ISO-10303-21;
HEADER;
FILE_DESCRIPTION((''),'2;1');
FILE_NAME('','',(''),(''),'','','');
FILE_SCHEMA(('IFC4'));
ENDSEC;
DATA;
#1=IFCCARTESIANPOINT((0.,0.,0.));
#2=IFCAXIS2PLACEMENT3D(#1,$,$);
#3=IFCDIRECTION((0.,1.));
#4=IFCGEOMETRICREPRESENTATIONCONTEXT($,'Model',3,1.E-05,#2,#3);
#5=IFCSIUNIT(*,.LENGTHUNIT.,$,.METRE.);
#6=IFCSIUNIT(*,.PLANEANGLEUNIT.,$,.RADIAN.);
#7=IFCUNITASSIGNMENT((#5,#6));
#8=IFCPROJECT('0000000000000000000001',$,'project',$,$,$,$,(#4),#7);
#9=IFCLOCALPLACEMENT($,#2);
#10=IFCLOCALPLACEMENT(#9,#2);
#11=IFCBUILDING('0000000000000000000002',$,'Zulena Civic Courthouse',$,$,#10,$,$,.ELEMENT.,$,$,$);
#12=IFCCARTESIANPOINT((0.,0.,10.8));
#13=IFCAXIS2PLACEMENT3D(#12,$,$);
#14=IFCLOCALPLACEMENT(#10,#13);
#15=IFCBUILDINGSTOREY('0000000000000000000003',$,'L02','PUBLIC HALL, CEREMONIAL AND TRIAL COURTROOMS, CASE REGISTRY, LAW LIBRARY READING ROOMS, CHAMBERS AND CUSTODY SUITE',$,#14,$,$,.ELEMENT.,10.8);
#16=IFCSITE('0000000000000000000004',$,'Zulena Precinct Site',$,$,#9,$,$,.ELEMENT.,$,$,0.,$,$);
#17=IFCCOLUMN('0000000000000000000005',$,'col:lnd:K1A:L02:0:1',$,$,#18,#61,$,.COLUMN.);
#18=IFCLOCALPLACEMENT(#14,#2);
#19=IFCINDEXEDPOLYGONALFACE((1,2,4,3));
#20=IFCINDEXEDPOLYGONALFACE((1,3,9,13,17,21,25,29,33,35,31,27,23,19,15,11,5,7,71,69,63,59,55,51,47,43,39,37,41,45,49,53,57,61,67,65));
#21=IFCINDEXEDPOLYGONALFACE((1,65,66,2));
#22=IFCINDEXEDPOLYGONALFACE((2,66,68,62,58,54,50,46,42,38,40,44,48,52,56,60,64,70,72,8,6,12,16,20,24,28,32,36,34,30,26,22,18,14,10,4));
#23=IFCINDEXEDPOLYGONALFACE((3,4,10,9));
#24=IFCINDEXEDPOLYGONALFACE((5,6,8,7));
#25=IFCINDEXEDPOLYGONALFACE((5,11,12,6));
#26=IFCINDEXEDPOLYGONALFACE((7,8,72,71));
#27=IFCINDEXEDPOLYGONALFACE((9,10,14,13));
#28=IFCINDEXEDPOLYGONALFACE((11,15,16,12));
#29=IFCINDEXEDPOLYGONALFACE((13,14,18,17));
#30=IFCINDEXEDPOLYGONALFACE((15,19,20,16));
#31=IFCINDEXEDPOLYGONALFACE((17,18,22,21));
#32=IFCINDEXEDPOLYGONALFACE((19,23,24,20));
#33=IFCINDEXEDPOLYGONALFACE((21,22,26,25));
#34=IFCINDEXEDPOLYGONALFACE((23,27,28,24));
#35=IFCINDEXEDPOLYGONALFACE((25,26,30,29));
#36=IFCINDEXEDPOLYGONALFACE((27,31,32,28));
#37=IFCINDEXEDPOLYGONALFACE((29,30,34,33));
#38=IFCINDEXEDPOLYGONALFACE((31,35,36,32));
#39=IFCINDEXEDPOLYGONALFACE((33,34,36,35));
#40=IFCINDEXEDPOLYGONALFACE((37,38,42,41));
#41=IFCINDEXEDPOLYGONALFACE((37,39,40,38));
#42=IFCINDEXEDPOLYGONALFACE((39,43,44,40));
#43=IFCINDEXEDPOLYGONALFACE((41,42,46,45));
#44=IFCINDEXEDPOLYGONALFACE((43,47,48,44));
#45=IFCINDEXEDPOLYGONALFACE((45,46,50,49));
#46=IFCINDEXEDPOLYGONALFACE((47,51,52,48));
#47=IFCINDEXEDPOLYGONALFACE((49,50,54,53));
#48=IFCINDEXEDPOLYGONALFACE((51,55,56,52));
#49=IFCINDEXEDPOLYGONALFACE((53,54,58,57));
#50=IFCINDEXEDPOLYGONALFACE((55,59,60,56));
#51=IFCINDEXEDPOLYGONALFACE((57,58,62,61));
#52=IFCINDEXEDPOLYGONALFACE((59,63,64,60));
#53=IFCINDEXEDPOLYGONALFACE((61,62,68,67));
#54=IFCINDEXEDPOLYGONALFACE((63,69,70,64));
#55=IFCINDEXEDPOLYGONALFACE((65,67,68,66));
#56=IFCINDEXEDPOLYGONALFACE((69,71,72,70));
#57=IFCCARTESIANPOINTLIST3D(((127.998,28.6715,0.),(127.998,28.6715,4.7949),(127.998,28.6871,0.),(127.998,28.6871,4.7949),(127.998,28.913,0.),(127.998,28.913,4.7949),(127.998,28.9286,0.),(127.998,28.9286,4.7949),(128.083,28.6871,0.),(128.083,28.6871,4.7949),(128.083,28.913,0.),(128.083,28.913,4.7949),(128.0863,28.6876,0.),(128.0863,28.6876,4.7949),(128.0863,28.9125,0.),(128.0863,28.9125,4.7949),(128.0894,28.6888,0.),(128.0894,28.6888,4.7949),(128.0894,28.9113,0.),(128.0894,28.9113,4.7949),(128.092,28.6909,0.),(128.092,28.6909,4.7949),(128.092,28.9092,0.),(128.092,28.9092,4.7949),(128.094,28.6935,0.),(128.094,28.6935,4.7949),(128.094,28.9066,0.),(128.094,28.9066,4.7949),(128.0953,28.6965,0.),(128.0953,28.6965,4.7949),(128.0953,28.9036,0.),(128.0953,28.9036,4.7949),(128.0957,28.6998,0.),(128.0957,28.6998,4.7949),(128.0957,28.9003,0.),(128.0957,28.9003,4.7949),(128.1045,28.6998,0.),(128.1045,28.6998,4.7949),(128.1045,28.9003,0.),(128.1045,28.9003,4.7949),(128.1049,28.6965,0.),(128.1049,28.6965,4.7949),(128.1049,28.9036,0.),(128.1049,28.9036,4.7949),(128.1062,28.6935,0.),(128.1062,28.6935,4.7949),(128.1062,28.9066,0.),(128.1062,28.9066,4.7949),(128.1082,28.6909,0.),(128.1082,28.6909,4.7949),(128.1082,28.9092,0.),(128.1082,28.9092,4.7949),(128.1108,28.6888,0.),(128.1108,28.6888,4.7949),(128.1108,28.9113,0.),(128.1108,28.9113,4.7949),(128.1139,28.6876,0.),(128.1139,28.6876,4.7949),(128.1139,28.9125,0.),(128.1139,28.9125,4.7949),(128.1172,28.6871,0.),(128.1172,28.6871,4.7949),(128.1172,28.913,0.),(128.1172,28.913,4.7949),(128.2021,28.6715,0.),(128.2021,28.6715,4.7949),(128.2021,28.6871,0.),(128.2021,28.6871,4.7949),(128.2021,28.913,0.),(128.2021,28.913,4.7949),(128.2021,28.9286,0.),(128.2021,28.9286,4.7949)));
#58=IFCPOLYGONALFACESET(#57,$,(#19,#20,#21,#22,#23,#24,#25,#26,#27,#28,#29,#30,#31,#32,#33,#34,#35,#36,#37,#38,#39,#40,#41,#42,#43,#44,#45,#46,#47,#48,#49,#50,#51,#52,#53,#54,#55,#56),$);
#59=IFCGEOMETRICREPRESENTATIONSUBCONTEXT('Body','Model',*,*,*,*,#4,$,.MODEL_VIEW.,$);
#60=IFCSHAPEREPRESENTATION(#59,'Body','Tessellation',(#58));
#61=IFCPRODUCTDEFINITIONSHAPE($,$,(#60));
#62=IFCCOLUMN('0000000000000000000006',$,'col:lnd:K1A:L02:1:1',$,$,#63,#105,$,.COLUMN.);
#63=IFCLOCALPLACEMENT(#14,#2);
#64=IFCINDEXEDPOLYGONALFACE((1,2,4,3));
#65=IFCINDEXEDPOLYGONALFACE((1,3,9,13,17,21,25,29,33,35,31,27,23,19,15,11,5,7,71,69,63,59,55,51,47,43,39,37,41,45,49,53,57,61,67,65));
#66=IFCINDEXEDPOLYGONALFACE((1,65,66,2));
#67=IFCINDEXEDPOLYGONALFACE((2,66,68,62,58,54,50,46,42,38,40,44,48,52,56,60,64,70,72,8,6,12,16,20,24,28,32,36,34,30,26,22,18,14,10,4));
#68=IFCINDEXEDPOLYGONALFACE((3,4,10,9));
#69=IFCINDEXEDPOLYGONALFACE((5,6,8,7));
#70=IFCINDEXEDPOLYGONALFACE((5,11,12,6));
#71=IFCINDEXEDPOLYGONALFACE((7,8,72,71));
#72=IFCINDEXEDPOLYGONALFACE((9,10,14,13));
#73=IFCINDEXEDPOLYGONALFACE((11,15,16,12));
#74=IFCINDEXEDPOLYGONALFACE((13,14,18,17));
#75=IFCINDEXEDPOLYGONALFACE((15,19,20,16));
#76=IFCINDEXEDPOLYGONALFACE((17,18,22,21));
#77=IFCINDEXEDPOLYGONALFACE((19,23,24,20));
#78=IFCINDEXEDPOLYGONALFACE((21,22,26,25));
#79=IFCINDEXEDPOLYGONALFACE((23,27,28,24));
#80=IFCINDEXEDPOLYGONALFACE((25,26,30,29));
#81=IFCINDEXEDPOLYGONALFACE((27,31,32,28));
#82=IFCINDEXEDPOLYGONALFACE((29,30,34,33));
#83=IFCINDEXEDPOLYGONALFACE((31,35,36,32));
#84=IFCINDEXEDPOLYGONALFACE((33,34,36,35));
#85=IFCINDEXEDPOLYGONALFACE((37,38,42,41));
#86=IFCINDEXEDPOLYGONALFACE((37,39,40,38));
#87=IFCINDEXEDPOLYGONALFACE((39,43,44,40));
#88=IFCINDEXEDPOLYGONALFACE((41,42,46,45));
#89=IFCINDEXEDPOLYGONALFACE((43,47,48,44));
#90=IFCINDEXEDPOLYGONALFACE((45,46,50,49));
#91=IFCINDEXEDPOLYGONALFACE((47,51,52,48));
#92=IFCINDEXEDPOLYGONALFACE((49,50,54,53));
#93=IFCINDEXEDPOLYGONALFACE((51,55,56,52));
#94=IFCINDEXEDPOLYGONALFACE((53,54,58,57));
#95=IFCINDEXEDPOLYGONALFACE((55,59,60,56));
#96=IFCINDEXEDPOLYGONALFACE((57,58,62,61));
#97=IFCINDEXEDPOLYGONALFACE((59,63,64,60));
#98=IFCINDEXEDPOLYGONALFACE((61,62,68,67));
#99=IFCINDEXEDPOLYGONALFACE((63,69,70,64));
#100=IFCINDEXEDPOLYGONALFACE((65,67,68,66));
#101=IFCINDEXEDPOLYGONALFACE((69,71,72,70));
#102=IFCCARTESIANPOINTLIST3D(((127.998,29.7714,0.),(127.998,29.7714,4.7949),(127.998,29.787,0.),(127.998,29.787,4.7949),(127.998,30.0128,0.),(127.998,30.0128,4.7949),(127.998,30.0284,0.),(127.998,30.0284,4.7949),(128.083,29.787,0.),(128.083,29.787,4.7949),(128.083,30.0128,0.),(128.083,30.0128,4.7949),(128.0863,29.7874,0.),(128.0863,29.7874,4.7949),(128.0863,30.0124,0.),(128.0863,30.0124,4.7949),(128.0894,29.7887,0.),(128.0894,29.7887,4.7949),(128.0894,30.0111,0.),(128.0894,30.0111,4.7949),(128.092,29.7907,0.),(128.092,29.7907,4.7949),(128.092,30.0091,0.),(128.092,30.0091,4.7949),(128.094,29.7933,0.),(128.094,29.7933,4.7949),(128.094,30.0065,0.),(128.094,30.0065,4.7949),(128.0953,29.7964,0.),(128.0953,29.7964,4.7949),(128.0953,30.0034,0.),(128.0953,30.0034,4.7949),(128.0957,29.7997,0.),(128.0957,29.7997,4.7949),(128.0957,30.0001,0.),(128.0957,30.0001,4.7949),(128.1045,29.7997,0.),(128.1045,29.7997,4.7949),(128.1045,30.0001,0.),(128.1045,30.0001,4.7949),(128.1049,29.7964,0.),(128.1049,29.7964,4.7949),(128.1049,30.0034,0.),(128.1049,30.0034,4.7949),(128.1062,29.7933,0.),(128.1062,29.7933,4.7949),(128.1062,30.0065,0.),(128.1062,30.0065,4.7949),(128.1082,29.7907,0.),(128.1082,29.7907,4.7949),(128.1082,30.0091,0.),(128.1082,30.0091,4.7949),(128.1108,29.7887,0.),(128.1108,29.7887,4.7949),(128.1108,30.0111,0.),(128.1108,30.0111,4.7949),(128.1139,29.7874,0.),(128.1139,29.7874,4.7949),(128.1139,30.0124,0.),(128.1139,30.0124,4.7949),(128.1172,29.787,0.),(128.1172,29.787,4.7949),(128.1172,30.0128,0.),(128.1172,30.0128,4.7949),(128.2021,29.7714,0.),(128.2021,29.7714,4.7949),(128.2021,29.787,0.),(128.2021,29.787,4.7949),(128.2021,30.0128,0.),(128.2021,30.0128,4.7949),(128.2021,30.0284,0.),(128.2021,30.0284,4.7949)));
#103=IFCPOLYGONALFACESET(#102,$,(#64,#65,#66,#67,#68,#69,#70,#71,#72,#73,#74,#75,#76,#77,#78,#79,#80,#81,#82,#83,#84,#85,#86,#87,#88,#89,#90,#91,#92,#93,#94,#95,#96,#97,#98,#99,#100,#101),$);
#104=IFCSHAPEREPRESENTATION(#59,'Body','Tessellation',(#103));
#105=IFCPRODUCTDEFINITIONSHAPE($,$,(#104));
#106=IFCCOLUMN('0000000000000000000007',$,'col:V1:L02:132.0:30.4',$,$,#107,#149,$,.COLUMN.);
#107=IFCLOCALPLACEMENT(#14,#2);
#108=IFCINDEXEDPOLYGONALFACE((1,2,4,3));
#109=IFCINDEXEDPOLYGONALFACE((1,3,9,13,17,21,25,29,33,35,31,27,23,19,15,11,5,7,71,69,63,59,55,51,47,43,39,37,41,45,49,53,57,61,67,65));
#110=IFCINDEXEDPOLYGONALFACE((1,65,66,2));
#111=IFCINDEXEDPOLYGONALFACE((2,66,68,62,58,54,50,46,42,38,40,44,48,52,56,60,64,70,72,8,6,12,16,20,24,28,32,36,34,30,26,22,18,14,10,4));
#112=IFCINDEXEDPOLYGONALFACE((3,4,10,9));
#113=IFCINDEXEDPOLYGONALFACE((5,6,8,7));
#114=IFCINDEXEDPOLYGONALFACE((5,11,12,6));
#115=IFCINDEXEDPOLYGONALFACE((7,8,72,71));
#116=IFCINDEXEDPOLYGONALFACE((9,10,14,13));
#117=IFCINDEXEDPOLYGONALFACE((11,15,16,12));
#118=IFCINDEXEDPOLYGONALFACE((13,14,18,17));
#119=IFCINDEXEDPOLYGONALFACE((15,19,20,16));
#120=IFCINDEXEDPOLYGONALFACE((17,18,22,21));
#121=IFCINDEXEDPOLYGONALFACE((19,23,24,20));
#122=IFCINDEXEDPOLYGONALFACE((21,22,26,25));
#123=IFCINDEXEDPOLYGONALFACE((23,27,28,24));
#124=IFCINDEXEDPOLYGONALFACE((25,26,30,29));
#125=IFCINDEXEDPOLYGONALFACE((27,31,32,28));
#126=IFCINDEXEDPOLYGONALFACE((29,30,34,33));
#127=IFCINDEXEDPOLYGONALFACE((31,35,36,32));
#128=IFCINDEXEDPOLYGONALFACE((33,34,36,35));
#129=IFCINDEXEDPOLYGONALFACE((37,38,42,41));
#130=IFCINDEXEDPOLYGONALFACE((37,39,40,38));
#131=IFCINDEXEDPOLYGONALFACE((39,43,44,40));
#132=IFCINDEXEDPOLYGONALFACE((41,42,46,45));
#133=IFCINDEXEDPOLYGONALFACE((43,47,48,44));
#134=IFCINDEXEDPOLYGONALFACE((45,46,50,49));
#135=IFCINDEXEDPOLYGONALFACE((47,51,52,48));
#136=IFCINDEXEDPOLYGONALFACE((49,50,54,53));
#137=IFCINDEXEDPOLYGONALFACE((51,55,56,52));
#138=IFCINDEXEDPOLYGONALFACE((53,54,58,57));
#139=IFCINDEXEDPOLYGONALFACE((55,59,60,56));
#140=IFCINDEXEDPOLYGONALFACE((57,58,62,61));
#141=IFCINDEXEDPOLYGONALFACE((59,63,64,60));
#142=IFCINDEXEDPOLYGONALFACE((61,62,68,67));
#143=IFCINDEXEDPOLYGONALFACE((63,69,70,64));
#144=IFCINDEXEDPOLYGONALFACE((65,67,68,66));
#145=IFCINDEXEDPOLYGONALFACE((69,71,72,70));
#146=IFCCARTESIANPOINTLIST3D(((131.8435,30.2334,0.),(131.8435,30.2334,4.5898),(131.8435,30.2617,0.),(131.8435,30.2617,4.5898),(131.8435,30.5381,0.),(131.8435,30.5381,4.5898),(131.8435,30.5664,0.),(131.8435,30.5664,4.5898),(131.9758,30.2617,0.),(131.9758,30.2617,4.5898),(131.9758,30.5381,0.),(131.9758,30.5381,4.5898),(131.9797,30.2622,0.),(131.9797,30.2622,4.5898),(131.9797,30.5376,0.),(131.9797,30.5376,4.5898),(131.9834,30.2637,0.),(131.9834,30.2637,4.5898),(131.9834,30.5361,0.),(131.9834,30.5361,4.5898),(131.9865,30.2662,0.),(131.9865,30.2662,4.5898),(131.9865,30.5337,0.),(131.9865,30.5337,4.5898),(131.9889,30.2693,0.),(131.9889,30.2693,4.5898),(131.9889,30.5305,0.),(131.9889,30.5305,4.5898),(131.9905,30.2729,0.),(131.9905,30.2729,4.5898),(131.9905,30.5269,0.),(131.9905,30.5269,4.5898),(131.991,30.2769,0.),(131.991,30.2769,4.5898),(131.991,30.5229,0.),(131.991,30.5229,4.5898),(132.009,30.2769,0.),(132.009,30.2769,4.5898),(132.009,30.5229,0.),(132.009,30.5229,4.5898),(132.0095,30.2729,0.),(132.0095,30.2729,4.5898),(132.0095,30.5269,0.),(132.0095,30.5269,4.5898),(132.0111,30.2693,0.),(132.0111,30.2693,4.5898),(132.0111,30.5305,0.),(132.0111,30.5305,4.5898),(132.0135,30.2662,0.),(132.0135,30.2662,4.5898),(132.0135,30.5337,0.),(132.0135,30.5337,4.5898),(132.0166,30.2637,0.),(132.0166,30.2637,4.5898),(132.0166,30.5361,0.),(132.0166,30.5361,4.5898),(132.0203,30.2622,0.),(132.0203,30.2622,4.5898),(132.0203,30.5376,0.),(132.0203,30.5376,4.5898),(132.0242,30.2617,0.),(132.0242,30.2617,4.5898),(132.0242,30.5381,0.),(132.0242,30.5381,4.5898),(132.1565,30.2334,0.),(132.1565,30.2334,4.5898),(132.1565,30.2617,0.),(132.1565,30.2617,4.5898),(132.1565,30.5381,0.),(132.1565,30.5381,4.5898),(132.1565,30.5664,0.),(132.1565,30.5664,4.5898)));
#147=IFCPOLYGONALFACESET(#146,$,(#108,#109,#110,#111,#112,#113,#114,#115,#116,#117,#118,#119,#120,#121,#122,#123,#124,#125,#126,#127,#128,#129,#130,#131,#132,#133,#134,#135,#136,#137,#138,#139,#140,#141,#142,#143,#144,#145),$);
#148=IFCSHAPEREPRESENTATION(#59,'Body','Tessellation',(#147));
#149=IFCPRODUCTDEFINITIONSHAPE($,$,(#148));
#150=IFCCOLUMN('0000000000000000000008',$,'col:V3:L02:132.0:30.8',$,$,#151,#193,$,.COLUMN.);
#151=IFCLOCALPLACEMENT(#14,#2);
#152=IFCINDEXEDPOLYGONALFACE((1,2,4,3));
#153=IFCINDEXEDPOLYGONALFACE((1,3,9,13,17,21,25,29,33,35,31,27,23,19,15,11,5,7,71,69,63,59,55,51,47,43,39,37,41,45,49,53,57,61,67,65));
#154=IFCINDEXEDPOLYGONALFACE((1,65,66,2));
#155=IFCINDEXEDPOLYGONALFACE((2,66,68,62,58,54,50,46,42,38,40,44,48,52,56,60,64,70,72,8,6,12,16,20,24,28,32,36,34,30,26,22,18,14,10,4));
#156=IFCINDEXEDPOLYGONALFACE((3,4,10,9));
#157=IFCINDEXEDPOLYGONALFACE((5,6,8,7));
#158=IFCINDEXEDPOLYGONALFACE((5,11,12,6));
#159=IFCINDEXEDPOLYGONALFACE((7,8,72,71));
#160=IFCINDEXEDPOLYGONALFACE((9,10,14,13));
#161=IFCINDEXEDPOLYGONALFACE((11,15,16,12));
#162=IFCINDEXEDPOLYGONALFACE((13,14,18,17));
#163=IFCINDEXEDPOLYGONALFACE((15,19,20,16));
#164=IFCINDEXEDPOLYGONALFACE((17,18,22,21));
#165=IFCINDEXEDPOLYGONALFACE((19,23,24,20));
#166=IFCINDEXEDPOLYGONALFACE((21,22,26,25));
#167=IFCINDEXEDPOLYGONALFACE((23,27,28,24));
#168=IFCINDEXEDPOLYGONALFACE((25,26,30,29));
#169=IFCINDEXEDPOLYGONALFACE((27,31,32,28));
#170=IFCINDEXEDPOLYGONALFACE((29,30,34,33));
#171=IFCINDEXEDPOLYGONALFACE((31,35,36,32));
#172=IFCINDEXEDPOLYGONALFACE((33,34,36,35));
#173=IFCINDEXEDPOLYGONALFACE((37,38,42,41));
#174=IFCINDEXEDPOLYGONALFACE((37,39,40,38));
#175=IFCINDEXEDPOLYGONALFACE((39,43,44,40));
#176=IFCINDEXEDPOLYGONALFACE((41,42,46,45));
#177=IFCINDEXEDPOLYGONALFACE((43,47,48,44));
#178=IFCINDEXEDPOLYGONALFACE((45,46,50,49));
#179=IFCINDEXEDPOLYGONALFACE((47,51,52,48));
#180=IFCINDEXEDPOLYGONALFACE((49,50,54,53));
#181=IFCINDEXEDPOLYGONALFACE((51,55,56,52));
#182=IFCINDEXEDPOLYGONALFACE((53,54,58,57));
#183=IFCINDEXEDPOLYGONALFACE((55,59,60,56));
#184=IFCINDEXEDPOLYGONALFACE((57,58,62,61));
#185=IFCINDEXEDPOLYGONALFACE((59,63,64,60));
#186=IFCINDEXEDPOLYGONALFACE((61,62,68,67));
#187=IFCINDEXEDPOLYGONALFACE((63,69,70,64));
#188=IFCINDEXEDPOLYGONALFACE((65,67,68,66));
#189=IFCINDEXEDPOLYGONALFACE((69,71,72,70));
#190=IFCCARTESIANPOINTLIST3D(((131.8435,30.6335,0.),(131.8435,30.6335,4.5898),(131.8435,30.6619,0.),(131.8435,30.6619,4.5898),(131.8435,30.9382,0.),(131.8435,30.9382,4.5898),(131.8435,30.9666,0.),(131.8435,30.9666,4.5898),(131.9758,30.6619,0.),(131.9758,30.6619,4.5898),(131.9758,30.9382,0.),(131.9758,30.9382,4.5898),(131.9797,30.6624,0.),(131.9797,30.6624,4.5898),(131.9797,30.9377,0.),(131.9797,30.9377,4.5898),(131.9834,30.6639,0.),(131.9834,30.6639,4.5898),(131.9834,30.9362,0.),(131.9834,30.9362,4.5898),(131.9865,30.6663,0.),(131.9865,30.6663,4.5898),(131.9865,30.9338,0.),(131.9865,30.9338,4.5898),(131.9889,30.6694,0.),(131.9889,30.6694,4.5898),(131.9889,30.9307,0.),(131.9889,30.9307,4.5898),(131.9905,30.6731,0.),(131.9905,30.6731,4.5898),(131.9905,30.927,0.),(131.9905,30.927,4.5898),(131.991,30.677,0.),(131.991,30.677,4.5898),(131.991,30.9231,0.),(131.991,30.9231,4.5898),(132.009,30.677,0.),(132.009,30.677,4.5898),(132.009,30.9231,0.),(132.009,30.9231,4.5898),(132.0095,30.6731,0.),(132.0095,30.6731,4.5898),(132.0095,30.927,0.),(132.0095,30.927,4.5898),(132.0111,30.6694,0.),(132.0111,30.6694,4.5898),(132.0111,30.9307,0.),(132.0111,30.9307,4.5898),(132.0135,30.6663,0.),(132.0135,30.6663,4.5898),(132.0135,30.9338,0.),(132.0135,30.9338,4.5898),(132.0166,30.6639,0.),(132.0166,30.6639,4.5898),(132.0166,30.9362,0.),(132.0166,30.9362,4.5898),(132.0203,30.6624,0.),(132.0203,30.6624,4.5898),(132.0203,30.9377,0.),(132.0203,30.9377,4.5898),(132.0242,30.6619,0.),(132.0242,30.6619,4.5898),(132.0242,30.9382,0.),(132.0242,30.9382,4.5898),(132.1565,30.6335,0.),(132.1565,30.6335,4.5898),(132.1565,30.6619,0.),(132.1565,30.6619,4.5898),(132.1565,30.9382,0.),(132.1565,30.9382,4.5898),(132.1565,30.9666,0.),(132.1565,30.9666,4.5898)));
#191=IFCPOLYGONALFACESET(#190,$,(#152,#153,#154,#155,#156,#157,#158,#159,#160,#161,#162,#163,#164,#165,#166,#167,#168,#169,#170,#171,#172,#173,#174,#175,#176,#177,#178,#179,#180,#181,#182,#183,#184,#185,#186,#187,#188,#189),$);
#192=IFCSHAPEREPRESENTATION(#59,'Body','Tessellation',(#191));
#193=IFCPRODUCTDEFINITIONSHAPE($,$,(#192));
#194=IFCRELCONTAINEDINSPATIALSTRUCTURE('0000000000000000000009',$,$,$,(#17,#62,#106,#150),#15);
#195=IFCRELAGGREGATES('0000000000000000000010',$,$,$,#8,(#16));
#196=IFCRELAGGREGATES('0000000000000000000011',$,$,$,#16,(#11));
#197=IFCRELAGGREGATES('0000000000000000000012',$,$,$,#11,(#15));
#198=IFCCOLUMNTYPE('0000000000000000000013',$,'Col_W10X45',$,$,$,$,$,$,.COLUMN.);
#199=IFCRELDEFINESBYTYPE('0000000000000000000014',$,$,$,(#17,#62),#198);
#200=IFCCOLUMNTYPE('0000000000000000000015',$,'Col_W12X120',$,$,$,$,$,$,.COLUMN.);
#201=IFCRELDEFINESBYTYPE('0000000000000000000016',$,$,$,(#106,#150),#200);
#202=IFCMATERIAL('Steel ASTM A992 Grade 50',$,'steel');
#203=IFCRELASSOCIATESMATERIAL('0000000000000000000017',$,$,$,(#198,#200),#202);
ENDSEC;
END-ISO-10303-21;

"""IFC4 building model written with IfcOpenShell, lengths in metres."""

from ifc_helpers import new_model, si_unit, direction, frame, origin, origin_2d, place, context, subcontext, project, spatial, i_section, extrude, material, material_profile, profile_set, type_object, element, save


model = new_model("IFC4")

# Units and contexts
model_context = context("Model", 3, precision=1e-05, world=origin(), true_north=direction((0.0, 1.0)))
body_context = subcontext(model_context, "Body", "Model", "MODEL_VIEW")
ifc_project = project(units=[si_unit("LENGTHUNIT", "METRE"), si_unit("PLANEANGLEUNIT", "RADIAN")], contexts=[model_context])

# Site, building, storey
site_placement = place(None, origin())
site = spatial("IfcSite", under=ifc_project, at=site_placement, Name="Zulena Precinct Site", CompositionType="ELEMENT", RefElevation=0.0)
building_placement = place(site_placement, origin())
building = spatial("IfcBuilding", under=site, at=building_placement, Name="Zulena Civic Courthouse", CompositionType="ELEMENT")
storey_placement = place(building_placement, frame((0.0, 0.0, 10.8)))
storey = spatial("IfcBuildingStorey", under=building, at=storey_placement, Name="L02", Description="PUBLIC HALL, CEREMONIAL AND TRIAL COURTROOMS, CASE REGISTRY, LAW LIBRARY READING ROOMS, CHAMBERS AND CUSTODY SUITE", CompositionType="ELEMENT", Elevation=10.8)

# Columns
ifc_material_1 = material(Name="Steel ASTM A992 Grade 50", Category="steel")
ifc_material_profile_1 = material_profile(ifc_material_1, i_section(OverallWidth=0.2041, OverallDepth=0.2571, WebThickness=0.0088, FlangeThickness=0.0156, FilletRadius=0.0127, at=origin_2d()), Name="W10X45")
ifc_profile_set_1 = profile_set([ifc_material_profile_1], Name="Steel ASTM A992 Grade 50")
column_type_1 = type_object("IfcColumnType", Name="Col_W10X45", PredefinedType="COLUMN", material=ifc_profile_set_1)
for number, where, z_axis, x_axis, name in (
    (1, (128.1001, 28.8, 0.0), (0.0, 0.0, 1.0), (1.0, 0.0, 0.0), "col:lnd:K1A:L02:0:1"),
    (2, (128.1001, 29.8999, 0.0), (0.0, 0.0, 1.0), (1.0, 0.0, 0.0), "col:lnd:K1A:L02:1:1"),
):
    element("IfcColumn", number, at=place(storey_placement, frame(where, z_axis=z_axis, x_axis=x_axis)), inside=storey, type_object=column_type_1, Name=name, PredefinedType="COLUMN", context=body_context, shape_type="SweptSolid", body=[
        extrude(i_section(OverallWidth=0.2041, OverallDepth=0.2571, WebThickness=0.0088, FlangeThickness=0.0156, FilletRadius=0.0127, at=origin_2d()), origin(), (0.0, 0.0, 1.0), 4.7949),
    ])
ifc_material_profile_2 = material_profile(ifc_material_1, i_section(OverallWidth=0.313, OverallDepth=0.333, WebThickness=0.0181, FlangeThickness=0.0283, FilletRadius=0.0151, at=origin_2d()), Name="W12X120")
ifc_profile_set_2 = profile_set([ifc_material_profile_2], Name="Steel ASTM A992 Grade 50")
column_type_2 = type_object("IfcColumnType", Name="Col_W12X120", PredefinedType="COLUMN", material=ifc_profile_set_2)
for number, where, z_axis, x_axis, name in (
    (3, (132.0, 30.3999, 0.0), (0.0, 0.0, 1.0), (1.0, 0.0, 0.0), "col:V1:L02:132.0:30.4"),
    (4, (132.0, 30.8, 0.0), (0.0, 0.0, 1.0), (1.0, 0.0, 0.0), "col:V3:L02:132.0:30.8"),
):
    element("IfcColumn", number, at=place(storey_placement, frame(where, z_axis=z_axis, x_axis=x_axis)), inside=storey, type_object=column_type_2, Name=name, PredefinedType="COLUMN", context=body_context, shape_type="SweptSolid", body=[
        extrude(i_section(OverallWidth=0.313, OverallDepth=0.333, WebThickness=0.0181, FlangeThickness=0.0283, FilletRadius=0.0151, at=origin_2d()), origin(), (0.0, 0.0, 1.0), 4.5898),
    ])

save(model, "model.ifc")
